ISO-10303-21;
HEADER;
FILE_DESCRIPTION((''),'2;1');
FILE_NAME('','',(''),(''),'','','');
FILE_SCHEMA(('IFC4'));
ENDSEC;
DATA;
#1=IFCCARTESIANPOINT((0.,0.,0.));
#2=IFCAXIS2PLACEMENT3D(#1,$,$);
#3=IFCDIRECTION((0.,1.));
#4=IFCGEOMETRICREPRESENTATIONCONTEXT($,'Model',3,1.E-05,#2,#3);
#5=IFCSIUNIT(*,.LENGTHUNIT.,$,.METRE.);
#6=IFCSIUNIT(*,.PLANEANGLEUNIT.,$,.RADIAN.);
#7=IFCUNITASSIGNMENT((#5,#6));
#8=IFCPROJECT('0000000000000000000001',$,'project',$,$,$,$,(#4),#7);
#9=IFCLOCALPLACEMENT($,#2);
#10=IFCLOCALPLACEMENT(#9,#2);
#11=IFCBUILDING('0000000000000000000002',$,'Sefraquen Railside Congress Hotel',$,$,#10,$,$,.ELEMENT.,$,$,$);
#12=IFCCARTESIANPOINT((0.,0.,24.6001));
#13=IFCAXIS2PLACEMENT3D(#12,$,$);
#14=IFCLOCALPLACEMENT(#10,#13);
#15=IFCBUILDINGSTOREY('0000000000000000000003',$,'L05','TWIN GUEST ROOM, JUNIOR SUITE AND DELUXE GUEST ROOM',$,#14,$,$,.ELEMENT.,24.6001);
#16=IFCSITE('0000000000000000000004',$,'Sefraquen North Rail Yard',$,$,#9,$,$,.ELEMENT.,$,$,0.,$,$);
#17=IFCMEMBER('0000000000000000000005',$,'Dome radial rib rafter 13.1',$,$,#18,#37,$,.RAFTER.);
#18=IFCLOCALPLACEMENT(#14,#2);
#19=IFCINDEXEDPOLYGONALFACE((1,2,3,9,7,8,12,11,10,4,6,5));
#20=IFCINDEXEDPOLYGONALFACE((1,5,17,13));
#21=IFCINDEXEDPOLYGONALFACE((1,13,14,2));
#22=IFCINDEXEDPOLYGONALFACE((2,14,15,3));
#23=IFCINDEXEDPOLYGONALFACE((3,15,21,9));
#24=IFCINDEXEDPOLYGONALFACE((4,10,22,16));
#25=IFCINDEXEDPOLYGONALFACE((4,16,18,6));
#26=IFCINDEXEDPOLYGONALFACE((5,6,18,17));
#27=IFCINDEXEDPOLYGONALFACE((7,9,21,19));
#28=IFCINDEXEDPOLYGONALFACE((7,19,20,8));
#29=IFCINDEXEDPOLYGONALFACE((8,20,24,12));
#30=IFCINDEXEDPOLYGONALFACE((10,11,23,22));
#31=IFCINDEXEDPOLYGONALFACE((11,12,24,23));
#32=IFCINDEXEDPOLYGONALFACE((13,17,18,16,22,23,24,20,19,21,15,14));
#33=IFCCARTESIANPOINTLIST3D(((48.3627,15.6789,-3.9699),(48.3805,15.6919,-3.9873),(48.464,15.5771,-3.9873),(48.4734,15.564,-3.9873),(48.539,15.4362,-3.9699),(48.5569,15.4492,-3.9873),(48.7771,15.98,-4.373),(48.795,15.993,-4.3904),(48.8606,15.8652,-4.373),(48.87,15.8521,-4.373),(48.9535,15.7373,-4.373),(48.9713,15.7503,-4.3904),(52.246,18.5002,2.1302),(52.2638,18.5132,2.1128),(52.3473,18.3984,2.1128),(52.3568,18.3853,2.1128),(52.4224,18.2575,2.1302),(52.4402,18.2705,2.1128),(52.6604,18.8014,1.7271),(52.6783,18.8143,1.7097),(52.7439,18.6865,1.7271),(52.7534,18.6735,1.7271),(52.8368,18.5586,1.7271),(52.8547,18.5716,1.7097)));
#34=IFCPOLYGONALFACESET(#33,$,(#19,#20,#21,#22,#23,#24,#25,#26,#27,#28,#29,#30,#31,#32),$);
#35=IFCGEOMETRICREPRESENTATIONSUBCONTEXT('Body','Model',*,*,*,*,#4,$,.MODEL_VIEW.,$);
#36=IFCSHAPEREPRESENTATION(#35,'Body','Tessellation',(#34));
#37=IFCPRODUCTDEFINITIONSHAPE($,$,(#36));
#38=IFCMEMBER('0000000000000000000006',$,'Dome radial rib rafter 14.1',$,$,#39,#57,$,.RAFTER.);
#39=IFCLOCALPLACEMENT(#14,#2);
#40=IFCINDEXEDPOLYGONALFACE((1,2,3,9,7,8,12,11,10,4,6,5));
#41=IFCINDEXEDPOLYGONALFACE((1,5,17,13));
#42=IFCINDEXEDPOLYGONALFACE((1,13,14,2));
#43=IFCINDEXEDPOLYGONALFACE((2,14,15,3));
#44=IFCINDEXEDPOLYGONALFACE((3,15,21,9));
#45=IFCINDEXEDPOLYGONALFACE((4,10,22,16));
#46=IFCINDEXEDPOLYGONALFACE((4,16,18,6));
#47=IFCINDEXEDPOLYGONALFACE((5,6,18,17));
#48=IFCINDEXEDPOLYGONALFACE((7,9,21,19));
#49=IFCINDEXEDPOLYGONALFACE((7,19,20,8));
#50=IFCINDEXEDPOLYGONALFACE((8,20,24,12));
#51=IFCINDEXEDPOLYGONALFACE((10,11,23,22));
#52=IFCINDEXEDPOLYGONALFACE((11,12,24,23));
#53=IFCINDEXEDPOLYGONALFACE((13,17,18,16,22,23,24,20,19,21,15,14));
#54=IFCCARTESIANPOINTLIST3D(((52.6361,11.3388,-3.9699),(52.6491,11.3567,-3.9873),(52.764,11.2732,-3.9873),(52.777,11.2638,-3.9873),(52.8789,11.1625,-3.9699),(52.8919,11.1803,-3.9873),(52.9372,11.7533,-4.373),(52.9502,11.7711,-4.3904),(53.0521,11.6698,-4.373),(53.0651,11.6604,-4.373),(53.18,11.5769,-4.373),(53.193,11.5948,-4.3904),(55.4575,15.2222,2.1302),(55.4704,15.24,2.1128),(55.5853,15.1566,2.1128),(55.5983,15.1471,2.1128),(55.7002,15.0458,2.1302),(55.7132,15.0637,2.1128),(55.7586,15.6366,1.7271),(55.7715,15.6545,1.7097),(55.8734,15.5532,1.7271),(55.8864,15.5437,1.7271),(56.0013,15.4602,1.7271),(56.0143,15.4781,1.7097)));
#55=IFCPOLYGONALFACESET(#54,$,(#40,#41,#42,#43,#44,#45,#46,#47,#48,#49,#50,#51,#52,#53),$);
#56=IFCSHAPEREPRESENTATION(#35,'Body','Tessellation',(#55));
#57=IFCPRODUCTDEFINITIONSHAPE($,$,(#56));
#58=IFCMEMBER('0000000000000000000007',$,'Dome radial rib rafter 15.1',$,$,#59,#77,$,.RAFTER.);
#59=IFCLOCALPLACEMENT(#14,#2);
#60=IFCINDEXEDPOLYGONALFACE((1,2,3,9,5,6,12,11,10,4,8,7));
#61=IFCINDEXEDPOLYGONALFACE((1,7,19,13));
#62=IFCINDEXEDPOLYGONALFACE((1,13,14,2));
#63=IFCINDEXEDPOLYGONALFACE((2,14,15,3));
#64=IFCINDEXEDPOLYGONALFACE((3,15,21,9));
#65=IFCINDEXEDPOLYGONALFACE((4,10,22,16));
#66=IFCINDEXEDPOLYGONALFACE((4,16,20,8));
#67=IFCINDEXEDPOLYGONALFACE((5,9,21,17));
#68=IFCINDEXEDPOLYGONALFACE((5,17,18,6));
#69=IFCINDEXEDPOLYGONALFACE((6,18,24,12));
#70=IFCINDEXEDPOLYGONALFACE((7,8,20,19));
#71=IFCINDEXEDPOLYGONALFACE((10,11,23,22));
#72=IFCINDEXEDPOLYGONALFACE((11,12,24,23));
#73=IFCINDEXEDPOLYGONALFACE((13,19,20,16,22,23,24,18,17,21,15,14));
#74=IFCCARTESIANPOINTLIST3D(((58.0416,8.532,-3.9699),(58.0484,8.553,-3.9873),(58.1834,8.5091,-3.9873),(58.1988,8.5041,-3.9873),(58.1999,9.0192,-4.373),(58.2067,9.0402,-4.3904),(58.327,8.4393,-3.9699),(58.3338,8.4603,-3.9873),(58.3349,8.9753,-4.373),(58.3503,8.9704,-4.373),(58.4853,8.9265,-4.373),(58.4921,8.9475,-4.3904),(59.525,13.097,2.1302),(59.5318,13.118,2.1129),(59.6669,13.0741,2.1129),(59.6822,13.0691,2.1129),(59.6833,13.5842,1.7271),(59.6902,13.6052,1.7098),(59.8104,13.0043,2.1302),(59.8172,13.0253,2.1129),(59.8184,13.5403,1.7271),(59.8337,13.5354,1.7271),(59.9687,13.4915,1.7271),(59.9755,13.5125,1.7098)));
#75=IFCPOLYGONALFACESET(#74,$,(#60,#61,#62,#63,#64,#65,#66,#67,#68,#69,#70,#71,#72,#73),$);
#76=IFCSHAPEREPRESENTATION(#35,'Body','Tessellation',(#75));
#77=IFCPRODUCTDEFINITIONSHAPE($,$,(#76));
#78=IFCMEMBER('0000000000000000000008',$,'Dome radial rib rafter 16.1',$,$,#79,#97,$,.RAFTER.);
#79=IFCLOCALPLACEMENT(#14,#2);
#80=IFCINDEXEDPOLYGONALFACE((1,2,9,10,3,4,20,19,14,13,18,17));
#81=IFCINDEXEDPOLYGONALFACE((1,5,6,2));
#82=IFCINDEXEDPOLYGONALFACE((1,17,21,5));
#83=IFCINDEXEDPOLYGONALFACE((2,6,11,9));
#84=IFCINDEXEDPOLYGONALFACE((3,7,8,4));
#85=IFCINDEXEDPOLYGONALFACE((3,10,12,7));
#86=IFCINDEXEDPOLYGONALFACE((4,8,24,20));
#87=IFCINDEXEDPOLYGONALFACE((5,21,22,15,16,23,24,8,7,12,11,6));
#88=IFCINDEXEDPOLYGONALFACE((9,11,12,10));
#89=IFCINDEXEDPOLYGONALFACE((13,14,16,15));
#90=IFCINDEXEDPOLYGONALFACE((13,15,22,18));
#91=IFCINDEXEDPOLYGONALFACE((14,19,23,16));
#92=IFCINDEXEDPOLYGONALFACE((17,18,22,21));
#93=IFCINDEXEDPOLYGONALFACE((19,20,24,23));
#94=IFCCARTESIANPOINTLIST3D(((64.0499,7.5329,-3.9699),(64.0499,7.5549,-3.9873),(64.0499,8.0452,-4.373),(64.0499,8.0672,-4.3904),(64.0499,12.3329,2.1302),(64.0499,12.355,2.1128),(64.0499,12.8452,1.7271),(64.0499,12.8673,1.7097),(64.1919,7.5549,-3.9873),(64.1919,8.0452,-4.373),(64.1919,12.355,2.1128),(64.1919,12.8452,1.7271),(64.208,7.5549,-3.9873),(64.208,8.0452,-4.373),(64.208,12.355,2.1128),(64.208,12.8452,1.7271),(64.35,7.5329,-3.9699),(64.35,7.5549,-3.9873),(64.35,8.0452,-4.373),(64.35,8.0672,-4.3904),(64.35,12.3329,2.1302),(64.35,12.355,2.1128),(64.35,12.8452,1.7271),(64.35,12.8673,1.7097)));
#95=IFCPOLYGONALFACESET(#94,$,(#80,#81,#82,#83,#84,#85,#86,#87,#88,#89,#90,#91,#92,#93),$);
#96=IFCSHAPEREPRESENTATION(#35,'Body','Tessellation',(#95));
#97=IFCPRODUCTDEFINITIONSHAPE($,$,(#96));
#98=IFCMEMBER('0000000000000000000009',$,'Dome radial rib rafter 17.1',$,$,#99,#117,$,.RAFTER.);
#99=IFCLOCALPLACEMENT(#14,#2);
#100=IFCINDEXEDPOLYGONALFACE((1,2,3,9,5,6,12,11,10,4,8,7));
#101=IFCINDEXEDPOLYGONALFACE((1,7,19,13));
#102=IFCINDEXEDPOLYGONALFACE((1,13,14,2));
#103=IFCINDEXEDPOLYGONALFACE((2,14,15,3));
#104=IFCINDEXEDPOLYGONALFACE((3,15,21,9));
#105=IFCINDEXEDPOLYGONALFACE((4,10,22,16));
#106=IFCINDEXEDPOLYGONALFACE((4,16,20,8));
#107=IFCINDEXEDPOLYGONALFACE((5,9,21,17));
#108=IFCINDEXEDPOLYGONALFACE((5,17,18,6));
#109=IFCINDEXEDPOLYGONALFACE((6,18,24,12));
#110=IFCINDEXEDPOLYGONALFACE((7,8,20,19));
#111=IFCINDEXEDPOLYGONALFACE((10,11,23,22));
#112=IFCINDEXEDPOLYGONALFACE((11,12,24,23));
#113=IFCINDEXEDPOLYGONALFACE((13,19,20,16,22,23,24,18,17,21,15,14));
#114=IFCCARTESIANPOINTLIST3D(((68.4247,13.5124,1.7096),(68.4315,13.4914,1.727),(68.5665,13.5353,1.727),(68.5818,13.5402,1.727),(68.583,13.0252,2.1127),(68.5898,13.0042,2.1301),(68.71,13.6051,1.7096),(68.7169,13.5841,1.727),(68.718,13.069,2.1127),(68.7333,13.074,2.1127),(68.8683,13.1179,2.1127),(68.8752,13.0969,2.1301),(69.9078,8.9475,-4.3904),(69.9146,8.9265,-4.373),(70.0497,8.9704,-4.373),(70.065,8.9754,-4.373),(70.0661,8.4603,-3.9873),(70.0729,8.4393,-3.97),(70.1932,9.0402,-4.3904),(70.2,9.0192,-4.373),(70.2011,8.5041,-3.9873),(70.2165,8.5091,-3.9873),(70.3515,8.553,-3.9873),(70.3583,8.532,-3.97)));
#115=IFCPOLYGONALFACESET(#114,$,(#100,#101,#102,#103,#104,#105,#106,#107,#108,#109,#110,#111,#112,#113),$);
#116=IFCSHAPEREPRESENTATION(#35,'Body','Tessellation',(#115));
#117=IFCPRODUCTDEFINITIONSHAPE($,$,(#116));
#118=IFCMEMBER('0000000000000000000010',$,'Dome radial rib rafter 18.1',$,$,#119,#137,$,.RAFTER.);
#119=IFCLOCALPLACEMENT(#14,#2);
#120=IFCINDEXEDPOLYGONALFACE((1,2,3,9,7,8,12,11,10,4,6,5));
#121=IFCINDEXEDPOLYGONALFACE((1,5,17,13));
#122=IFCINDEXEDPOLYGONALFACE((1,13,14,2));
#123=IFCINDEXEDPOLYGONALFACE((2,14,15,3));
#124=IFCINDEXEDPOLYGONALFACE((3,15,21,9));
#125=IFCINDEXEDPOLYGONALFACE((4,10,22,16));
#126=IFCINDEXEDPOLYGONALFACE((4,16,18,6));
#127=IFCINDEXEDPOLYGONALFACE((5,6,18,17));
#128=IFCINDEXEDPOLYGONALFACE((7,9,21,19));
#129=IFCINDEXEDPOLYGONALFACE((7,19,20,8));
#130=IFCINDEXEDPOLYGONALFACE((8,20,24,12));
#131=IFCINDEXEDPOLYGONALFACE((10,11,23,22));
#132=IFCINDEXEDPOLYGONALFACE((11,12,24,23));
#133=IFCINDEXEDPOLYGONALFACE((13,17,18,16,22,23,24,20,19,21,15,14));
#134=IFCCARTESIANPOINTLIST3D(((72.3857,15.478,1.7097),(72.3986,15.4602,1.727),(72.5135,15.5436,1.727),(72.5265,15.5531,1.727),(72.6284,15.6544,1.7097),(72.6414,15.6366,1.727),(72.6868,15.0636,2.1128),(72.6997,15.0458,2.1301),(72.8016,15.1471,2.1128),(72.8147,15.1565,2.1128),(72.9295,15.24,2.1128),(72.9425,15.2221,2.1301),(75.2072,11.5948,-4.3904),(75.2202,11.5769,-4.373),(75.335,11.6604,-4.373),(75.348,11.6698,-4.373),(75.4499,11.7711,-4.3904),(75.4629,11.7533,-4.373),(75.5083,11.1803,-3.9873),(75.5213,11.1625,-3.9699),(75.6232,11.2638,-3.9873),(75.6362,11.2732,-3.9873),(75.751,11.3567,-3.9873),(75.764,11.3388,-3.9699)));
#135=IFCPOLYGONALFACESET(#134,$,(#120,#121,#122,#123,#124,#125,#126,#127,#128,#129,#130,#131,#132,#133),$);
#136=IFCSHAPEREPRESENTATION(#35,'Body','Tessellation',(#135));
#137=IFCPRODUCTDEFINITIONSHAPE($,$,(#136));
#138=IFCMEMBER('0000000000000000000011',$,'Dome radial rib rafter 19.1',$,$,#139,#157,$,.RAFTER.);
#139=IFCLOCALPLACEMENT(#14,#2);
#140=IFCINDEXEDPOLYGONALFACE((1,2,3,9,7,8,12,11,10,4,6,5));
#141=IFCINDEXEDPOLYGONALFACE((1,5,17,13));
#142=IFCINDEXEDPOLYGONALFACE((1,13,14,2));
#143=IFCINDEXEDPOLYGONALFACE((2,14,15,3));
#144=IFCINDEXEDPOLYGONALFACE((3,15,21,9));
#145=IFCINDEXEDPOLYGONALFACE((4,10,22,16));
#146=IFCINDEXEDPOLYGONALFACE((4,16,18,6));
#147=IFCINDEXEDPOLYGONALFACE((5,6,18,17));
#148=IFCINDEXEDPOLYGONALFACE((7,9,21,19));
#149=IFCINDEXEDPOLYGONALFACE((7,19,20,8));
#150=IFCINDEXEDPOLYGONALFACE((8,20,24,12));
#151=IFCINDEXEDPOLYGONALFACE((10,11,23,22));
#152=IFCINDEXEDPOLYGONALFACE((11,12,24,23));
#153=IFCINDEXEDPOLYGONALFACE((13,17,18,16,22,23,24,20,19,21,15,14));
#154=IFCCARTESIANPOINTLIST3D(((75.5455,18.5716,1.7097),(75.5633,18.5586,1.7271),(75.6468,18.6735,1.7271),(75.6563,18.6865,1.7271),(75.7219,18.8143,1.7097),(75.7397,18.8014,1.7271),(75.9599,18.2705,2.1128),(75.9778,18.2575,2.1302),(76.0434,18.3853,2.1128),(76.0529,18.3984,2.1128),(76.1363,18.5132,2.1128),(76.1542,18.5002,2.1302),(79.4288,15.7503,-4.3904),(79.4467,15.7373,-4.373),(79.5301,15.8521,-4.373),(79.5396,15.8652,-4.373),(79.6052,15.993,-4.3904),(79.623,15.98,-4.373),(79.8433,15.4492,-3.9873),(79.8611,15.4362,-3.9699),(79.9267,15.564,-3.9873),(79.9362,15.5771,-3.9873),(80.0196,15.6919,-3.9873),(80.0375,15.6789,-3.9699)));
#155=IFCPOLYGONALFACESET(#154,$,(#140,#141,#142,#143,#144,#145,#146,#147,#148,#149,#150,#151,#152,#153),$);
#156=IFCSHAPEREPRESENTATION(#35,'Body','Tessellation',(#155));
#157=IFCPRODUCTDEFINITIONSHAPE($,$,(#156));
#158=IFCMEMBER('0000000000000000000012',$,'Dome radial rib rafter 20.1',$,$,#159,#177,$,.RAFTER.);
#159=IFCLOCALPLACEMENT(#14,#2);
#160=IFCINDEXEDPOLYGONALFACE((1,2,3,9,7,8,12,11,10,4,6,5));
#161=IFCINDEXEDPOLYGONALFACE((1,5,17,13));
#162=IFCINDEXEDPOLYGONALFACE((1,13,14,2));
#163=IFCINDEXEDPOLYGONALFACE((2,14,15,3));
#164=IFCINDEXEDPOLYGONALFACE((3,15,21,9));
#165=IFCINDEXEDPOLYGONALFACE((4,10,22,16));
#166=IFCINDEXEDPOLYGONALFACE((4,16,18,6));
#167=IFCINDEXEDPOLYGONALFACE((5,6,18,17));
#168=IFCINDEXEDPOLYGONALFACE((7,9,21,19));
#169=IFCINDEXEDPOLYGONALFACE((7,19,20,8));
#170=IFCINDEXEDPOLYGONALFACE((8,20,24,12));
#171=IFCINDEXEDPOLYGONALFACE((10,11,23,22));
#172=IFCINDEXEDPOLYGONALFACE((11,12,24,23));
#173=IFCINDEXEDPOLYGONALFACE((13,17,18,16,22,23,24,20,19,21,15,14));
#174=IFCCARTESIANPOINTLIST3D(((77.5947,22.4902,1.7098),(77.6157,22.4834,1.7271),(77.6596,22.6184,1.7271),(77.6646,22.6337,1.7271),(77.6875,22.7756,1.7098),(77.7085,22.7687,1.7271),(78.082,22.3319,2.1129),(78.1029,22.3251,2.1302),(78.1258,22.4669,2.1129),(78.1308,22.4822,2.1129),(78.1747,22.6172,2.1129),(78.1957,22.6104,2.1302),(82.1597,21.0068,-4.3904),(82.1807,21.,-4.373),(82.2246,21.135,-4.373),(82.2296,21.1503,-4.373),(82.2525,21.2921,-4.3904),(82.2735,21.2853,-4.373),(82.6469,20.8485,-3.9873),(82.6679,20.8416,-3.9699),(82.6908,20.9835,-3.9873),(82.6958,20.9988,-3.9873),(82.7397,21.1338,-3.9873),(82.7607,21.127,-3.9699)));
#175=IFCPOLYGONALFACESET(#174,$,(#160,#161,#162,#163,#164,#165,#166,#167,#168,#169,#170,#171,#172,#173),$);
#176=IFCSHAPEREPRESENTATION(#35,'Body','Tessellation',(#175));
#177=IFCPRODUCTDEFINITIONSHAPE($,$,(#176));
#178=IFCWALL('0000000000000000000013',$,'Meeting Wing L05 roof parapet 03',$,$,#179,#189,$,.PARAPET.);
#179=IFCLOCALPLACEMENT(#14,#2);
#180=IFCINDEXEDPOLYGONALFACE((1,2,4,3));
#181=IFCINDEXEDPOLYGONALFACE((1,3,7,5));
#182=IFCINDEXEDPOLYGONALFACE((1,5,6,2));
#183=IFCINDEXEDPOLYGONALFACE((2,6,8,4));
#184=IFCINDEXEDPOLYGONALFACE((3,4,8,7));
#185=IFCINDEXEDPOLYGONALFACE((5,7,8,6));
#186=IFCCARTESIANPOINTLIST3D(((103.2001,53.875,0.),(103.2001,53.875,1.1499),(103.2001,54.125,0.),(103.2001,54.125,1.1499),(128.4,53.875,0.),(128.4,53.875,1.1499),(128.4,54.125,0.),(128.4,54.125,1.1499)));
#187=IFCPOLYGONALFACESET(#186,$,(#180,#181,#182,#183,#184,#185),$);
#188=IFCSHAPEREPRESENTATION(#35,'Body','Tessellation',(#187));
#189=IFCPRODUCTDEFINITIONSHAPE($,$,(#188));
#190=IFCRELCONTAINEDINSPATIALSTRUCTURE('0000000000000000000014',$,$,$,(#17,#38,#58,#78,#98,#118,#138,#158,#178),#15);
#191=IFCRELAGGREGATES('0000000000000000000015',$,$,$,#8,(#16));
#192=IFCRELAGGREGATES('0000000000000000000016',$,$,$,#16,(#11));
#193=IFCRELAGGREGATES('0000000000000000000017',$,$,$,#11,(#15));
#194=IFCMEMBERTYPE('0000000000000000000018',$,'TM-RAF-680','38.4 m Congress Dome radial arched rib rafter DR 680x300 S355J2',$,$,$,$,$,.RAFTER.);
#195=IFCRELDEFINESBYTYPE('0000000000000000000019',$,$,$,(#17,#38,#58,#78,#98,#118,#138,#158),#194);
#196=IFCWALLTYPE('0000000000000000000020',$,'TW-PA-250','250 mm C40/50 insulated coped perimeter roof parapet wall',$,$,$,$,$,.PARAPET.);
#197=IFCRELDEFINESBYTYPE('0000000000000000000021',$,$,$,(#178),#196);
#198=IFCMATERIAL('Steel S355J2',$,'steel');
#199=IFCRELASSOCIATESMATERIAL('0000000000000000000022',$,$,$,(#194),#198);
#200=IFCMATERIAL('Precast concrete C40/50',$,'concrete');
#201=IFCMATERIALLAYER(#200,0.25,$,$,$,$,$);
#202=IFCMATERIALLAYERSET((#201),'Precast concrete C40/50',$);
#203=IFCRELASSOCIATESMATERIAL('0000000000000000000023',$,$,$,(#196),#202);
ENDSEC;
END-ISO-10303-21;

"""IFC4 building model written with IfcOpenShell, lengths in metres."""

from ifc_helpers import new_model, si_unit, direction, frame, frame_2d, origin, origin_2d, place, context, subcontext, project, spatial, rectangle, i_section, extrude, material, layer, layer_set, material_profile, profile_set, type_object, element, save


model = new_model("IFC4")

# Units and contexts
model_context = context("Model", 3, precision=1e-05, world=origin(), true_north=direction((0.0, 1.0)))
body_context = subcontext(model_context, "Body", "Model", "MODEL_VIEW")
ifc_project = project(units=[si_unit("LENGTHUNIT", "METRE"), si_unit("PLANEANGLEUNIT", "RADIAN")], contexts=[model_context])

# Site, building, storey
site_placement = place(None, origin())
site = spatial("IfcSite", under=ifc_project, at=site_placement, Name="Sefraquen North Rail Yard", CompositionType="ELEMENT", RefElevation=0.0)
building_placement = place(site_placement, origin())
building = spatial("IfcBuilding", under=site, at=building_placement, Name="Sefraquen Railside Congress Hotel", CompositionType="ELEMENT")
storey_placement = place(building_placement, frame((0.0, 0.0, 24.6001)))
storey = spatial("IfcBuildingStorey", under=building, at=storey_placement, Name="L05", Description="TWIN GUEST ROOM, JUNIOR SUITE AND DELUXE GUEST ROOM", CompositionType="ELEMENT", Elevation=24.6001)

# Members
ifc_material_1 = material(Name="Steel S355J2", Category="steel")
ifc_material_profile_1 = material_profile(ifc_material_1, i_section(OverallWidth=0.3, OverallDepth=0.6799, WebThickness=0.0161, FlangeThickness=0.0281, at=origin_2d()), Name="DR 680x300")
ifc_profile_set_1 = profile_set([ifc_material_profile_1], Name="Steel S355J2")
member_type = type_object("IfcMemberType", Name="TM-RAF-680", Description="38.4 m Congress Dome radial arched rib rafter DR 680x300 S355J2", PredefinedType="RAFTER", material=ifc_profile_set_1)
for number, where, z_axis, x_axis, name in (
    (1, (48.667, 15.7146, -4.1802), (0.500287, 0.363468, 0.785878), (-0.587772, 0.809026, 0.0), "Dome radial rib rafter 13.1"),
    (2, (52.9146, 11.4668, -4.1802), (0.363468, 0.500287, 0.785878), (-0.809026, 0.587772, 0.0), "Dome radial rib rafter 14.1"),
    (3, (58.2668, 8.7397, -4.1802), (0.191108, 0.588106, 0.785881), (-0.951047, 0.309047, 0.0), "Dome radial rib rafter 15.1"),
    (4, (64.2, 7.8, -4.1802), (0.0, 0.618388, 0.785873), (-1.0, 0.0, 0.0), "Dome radial rib rafter 16.1"),
):
    element("IfcMember", number, at=place(storey_placement, frame(where, z_axis=z_axis, x_axis=x_axis)), inside=storey, type_object=member_type, Name=name, PredefinedType="RAFTER", context=body_context, shape_type="SweptSolid", body=[
        extrude(i_section(OverallWidth=0.3, OverallDepth=0.6799, WebThickness=0.0161, FlangeThickness=0.0281, at=origin_2d()), origin(), (0.0, 0.0, 1.0), 7.7622),
    ])
member_1_placement = place(storey_placement, frame((70.1331, 8.7397, -4.1802), z_axis=(-0.191077, 0.588109, 0.785886), x_axis=(-0.951062, -0.309001, 0.0)))
element("IfcMember", 5, at=member_1_placement, inside=storey, type_object=member_type, Name="Dome radial rib rafter 17.1", PredefinedType="RAFTER", context=body_context, shape_type="SweptSolid", body=[
    extrude(i_section(OverallWidth=0.3, OverallDepth=0.6799, WebThickness=0.0161, FlangeThickness=0.0281, at=origin_2d()), origin(), (0.0, 0.0, 1.0), 7.762),
])
for number, where, z_axis, x_axis, name in (
    (6, (75.4856, 11.4668, -4.1802), (-0.363495, 0.500281, 0.785869), (-0.809002, -0.587806, 0.0), "Dome radial rib rafter 18.1"),
    (7, (79.7332, 15.7146, -4.1802), (-0.500287, 0.363468, 0.785878), (-0.587772, -0.809026, 0.0), "Dome radial rib rafter 19.1"),
    (8, (82.4602, 21.0669, -4.1802), (-0.588106, 0.191108, 0.785881), (-0.309047, -0.951047, 0.0), "Dome radial rib rafter 20.1"),
):
    element("IfcMember", number, at=place(storey_placement, frame(where, z_axis=z_axis, x_axis=x_axis)), inside=storey, type_object=member_type, Name=name, PredefinedType="RAFTER", context=body_context, shape_type="SweptSolid", body=[
        extrude(i_section(OverallWidth=0.3, OverallDepth=0.6799, WebThickness=0.0161, FlangeThickness=0.0281, at=origin_2d()), origin(), (0.0, 0.0, 1.0), 7.7622),
    ])

# Wall
ifc_material_2 = material(Name="Precast concrete C40/50", Category="concrete")
ifc_layer = layer(ifc_material_2, 0.25)
ifc_layer_set = layer_set([ifc_layer], Name="Precast concrete C40/50")
wall_type = type_object("IfcWallType", Name="TW-PA-250", Description="250 mm C40/50 insulated coped perimeter roof parapet wall", PredefinedType="PARAPET", material=ifc_layer_set)
wall_placement = place(storey_placement, frame((103.2, 54.0, 0.0), z_axis=(0.0, 0.0, 1.0), x_axis=(1.0, 0.0, 0.0)))
element("IfcWall", 9, at=wall_placement, inside=storey, type_object=wall_type, Name="Meeting Wing L05 roof parapet 03", PredefinedType="PARAPET", context=body_context, shape_type="SweptSolid", body=[
    extrude(rectangle(XDim=25.2, YDim=0.25, at=frame_2d((12.6001, 0.0))), origin(), (0.0, 0.0, 1.0), 1.1499),
])

save(model, "model.ifc")
